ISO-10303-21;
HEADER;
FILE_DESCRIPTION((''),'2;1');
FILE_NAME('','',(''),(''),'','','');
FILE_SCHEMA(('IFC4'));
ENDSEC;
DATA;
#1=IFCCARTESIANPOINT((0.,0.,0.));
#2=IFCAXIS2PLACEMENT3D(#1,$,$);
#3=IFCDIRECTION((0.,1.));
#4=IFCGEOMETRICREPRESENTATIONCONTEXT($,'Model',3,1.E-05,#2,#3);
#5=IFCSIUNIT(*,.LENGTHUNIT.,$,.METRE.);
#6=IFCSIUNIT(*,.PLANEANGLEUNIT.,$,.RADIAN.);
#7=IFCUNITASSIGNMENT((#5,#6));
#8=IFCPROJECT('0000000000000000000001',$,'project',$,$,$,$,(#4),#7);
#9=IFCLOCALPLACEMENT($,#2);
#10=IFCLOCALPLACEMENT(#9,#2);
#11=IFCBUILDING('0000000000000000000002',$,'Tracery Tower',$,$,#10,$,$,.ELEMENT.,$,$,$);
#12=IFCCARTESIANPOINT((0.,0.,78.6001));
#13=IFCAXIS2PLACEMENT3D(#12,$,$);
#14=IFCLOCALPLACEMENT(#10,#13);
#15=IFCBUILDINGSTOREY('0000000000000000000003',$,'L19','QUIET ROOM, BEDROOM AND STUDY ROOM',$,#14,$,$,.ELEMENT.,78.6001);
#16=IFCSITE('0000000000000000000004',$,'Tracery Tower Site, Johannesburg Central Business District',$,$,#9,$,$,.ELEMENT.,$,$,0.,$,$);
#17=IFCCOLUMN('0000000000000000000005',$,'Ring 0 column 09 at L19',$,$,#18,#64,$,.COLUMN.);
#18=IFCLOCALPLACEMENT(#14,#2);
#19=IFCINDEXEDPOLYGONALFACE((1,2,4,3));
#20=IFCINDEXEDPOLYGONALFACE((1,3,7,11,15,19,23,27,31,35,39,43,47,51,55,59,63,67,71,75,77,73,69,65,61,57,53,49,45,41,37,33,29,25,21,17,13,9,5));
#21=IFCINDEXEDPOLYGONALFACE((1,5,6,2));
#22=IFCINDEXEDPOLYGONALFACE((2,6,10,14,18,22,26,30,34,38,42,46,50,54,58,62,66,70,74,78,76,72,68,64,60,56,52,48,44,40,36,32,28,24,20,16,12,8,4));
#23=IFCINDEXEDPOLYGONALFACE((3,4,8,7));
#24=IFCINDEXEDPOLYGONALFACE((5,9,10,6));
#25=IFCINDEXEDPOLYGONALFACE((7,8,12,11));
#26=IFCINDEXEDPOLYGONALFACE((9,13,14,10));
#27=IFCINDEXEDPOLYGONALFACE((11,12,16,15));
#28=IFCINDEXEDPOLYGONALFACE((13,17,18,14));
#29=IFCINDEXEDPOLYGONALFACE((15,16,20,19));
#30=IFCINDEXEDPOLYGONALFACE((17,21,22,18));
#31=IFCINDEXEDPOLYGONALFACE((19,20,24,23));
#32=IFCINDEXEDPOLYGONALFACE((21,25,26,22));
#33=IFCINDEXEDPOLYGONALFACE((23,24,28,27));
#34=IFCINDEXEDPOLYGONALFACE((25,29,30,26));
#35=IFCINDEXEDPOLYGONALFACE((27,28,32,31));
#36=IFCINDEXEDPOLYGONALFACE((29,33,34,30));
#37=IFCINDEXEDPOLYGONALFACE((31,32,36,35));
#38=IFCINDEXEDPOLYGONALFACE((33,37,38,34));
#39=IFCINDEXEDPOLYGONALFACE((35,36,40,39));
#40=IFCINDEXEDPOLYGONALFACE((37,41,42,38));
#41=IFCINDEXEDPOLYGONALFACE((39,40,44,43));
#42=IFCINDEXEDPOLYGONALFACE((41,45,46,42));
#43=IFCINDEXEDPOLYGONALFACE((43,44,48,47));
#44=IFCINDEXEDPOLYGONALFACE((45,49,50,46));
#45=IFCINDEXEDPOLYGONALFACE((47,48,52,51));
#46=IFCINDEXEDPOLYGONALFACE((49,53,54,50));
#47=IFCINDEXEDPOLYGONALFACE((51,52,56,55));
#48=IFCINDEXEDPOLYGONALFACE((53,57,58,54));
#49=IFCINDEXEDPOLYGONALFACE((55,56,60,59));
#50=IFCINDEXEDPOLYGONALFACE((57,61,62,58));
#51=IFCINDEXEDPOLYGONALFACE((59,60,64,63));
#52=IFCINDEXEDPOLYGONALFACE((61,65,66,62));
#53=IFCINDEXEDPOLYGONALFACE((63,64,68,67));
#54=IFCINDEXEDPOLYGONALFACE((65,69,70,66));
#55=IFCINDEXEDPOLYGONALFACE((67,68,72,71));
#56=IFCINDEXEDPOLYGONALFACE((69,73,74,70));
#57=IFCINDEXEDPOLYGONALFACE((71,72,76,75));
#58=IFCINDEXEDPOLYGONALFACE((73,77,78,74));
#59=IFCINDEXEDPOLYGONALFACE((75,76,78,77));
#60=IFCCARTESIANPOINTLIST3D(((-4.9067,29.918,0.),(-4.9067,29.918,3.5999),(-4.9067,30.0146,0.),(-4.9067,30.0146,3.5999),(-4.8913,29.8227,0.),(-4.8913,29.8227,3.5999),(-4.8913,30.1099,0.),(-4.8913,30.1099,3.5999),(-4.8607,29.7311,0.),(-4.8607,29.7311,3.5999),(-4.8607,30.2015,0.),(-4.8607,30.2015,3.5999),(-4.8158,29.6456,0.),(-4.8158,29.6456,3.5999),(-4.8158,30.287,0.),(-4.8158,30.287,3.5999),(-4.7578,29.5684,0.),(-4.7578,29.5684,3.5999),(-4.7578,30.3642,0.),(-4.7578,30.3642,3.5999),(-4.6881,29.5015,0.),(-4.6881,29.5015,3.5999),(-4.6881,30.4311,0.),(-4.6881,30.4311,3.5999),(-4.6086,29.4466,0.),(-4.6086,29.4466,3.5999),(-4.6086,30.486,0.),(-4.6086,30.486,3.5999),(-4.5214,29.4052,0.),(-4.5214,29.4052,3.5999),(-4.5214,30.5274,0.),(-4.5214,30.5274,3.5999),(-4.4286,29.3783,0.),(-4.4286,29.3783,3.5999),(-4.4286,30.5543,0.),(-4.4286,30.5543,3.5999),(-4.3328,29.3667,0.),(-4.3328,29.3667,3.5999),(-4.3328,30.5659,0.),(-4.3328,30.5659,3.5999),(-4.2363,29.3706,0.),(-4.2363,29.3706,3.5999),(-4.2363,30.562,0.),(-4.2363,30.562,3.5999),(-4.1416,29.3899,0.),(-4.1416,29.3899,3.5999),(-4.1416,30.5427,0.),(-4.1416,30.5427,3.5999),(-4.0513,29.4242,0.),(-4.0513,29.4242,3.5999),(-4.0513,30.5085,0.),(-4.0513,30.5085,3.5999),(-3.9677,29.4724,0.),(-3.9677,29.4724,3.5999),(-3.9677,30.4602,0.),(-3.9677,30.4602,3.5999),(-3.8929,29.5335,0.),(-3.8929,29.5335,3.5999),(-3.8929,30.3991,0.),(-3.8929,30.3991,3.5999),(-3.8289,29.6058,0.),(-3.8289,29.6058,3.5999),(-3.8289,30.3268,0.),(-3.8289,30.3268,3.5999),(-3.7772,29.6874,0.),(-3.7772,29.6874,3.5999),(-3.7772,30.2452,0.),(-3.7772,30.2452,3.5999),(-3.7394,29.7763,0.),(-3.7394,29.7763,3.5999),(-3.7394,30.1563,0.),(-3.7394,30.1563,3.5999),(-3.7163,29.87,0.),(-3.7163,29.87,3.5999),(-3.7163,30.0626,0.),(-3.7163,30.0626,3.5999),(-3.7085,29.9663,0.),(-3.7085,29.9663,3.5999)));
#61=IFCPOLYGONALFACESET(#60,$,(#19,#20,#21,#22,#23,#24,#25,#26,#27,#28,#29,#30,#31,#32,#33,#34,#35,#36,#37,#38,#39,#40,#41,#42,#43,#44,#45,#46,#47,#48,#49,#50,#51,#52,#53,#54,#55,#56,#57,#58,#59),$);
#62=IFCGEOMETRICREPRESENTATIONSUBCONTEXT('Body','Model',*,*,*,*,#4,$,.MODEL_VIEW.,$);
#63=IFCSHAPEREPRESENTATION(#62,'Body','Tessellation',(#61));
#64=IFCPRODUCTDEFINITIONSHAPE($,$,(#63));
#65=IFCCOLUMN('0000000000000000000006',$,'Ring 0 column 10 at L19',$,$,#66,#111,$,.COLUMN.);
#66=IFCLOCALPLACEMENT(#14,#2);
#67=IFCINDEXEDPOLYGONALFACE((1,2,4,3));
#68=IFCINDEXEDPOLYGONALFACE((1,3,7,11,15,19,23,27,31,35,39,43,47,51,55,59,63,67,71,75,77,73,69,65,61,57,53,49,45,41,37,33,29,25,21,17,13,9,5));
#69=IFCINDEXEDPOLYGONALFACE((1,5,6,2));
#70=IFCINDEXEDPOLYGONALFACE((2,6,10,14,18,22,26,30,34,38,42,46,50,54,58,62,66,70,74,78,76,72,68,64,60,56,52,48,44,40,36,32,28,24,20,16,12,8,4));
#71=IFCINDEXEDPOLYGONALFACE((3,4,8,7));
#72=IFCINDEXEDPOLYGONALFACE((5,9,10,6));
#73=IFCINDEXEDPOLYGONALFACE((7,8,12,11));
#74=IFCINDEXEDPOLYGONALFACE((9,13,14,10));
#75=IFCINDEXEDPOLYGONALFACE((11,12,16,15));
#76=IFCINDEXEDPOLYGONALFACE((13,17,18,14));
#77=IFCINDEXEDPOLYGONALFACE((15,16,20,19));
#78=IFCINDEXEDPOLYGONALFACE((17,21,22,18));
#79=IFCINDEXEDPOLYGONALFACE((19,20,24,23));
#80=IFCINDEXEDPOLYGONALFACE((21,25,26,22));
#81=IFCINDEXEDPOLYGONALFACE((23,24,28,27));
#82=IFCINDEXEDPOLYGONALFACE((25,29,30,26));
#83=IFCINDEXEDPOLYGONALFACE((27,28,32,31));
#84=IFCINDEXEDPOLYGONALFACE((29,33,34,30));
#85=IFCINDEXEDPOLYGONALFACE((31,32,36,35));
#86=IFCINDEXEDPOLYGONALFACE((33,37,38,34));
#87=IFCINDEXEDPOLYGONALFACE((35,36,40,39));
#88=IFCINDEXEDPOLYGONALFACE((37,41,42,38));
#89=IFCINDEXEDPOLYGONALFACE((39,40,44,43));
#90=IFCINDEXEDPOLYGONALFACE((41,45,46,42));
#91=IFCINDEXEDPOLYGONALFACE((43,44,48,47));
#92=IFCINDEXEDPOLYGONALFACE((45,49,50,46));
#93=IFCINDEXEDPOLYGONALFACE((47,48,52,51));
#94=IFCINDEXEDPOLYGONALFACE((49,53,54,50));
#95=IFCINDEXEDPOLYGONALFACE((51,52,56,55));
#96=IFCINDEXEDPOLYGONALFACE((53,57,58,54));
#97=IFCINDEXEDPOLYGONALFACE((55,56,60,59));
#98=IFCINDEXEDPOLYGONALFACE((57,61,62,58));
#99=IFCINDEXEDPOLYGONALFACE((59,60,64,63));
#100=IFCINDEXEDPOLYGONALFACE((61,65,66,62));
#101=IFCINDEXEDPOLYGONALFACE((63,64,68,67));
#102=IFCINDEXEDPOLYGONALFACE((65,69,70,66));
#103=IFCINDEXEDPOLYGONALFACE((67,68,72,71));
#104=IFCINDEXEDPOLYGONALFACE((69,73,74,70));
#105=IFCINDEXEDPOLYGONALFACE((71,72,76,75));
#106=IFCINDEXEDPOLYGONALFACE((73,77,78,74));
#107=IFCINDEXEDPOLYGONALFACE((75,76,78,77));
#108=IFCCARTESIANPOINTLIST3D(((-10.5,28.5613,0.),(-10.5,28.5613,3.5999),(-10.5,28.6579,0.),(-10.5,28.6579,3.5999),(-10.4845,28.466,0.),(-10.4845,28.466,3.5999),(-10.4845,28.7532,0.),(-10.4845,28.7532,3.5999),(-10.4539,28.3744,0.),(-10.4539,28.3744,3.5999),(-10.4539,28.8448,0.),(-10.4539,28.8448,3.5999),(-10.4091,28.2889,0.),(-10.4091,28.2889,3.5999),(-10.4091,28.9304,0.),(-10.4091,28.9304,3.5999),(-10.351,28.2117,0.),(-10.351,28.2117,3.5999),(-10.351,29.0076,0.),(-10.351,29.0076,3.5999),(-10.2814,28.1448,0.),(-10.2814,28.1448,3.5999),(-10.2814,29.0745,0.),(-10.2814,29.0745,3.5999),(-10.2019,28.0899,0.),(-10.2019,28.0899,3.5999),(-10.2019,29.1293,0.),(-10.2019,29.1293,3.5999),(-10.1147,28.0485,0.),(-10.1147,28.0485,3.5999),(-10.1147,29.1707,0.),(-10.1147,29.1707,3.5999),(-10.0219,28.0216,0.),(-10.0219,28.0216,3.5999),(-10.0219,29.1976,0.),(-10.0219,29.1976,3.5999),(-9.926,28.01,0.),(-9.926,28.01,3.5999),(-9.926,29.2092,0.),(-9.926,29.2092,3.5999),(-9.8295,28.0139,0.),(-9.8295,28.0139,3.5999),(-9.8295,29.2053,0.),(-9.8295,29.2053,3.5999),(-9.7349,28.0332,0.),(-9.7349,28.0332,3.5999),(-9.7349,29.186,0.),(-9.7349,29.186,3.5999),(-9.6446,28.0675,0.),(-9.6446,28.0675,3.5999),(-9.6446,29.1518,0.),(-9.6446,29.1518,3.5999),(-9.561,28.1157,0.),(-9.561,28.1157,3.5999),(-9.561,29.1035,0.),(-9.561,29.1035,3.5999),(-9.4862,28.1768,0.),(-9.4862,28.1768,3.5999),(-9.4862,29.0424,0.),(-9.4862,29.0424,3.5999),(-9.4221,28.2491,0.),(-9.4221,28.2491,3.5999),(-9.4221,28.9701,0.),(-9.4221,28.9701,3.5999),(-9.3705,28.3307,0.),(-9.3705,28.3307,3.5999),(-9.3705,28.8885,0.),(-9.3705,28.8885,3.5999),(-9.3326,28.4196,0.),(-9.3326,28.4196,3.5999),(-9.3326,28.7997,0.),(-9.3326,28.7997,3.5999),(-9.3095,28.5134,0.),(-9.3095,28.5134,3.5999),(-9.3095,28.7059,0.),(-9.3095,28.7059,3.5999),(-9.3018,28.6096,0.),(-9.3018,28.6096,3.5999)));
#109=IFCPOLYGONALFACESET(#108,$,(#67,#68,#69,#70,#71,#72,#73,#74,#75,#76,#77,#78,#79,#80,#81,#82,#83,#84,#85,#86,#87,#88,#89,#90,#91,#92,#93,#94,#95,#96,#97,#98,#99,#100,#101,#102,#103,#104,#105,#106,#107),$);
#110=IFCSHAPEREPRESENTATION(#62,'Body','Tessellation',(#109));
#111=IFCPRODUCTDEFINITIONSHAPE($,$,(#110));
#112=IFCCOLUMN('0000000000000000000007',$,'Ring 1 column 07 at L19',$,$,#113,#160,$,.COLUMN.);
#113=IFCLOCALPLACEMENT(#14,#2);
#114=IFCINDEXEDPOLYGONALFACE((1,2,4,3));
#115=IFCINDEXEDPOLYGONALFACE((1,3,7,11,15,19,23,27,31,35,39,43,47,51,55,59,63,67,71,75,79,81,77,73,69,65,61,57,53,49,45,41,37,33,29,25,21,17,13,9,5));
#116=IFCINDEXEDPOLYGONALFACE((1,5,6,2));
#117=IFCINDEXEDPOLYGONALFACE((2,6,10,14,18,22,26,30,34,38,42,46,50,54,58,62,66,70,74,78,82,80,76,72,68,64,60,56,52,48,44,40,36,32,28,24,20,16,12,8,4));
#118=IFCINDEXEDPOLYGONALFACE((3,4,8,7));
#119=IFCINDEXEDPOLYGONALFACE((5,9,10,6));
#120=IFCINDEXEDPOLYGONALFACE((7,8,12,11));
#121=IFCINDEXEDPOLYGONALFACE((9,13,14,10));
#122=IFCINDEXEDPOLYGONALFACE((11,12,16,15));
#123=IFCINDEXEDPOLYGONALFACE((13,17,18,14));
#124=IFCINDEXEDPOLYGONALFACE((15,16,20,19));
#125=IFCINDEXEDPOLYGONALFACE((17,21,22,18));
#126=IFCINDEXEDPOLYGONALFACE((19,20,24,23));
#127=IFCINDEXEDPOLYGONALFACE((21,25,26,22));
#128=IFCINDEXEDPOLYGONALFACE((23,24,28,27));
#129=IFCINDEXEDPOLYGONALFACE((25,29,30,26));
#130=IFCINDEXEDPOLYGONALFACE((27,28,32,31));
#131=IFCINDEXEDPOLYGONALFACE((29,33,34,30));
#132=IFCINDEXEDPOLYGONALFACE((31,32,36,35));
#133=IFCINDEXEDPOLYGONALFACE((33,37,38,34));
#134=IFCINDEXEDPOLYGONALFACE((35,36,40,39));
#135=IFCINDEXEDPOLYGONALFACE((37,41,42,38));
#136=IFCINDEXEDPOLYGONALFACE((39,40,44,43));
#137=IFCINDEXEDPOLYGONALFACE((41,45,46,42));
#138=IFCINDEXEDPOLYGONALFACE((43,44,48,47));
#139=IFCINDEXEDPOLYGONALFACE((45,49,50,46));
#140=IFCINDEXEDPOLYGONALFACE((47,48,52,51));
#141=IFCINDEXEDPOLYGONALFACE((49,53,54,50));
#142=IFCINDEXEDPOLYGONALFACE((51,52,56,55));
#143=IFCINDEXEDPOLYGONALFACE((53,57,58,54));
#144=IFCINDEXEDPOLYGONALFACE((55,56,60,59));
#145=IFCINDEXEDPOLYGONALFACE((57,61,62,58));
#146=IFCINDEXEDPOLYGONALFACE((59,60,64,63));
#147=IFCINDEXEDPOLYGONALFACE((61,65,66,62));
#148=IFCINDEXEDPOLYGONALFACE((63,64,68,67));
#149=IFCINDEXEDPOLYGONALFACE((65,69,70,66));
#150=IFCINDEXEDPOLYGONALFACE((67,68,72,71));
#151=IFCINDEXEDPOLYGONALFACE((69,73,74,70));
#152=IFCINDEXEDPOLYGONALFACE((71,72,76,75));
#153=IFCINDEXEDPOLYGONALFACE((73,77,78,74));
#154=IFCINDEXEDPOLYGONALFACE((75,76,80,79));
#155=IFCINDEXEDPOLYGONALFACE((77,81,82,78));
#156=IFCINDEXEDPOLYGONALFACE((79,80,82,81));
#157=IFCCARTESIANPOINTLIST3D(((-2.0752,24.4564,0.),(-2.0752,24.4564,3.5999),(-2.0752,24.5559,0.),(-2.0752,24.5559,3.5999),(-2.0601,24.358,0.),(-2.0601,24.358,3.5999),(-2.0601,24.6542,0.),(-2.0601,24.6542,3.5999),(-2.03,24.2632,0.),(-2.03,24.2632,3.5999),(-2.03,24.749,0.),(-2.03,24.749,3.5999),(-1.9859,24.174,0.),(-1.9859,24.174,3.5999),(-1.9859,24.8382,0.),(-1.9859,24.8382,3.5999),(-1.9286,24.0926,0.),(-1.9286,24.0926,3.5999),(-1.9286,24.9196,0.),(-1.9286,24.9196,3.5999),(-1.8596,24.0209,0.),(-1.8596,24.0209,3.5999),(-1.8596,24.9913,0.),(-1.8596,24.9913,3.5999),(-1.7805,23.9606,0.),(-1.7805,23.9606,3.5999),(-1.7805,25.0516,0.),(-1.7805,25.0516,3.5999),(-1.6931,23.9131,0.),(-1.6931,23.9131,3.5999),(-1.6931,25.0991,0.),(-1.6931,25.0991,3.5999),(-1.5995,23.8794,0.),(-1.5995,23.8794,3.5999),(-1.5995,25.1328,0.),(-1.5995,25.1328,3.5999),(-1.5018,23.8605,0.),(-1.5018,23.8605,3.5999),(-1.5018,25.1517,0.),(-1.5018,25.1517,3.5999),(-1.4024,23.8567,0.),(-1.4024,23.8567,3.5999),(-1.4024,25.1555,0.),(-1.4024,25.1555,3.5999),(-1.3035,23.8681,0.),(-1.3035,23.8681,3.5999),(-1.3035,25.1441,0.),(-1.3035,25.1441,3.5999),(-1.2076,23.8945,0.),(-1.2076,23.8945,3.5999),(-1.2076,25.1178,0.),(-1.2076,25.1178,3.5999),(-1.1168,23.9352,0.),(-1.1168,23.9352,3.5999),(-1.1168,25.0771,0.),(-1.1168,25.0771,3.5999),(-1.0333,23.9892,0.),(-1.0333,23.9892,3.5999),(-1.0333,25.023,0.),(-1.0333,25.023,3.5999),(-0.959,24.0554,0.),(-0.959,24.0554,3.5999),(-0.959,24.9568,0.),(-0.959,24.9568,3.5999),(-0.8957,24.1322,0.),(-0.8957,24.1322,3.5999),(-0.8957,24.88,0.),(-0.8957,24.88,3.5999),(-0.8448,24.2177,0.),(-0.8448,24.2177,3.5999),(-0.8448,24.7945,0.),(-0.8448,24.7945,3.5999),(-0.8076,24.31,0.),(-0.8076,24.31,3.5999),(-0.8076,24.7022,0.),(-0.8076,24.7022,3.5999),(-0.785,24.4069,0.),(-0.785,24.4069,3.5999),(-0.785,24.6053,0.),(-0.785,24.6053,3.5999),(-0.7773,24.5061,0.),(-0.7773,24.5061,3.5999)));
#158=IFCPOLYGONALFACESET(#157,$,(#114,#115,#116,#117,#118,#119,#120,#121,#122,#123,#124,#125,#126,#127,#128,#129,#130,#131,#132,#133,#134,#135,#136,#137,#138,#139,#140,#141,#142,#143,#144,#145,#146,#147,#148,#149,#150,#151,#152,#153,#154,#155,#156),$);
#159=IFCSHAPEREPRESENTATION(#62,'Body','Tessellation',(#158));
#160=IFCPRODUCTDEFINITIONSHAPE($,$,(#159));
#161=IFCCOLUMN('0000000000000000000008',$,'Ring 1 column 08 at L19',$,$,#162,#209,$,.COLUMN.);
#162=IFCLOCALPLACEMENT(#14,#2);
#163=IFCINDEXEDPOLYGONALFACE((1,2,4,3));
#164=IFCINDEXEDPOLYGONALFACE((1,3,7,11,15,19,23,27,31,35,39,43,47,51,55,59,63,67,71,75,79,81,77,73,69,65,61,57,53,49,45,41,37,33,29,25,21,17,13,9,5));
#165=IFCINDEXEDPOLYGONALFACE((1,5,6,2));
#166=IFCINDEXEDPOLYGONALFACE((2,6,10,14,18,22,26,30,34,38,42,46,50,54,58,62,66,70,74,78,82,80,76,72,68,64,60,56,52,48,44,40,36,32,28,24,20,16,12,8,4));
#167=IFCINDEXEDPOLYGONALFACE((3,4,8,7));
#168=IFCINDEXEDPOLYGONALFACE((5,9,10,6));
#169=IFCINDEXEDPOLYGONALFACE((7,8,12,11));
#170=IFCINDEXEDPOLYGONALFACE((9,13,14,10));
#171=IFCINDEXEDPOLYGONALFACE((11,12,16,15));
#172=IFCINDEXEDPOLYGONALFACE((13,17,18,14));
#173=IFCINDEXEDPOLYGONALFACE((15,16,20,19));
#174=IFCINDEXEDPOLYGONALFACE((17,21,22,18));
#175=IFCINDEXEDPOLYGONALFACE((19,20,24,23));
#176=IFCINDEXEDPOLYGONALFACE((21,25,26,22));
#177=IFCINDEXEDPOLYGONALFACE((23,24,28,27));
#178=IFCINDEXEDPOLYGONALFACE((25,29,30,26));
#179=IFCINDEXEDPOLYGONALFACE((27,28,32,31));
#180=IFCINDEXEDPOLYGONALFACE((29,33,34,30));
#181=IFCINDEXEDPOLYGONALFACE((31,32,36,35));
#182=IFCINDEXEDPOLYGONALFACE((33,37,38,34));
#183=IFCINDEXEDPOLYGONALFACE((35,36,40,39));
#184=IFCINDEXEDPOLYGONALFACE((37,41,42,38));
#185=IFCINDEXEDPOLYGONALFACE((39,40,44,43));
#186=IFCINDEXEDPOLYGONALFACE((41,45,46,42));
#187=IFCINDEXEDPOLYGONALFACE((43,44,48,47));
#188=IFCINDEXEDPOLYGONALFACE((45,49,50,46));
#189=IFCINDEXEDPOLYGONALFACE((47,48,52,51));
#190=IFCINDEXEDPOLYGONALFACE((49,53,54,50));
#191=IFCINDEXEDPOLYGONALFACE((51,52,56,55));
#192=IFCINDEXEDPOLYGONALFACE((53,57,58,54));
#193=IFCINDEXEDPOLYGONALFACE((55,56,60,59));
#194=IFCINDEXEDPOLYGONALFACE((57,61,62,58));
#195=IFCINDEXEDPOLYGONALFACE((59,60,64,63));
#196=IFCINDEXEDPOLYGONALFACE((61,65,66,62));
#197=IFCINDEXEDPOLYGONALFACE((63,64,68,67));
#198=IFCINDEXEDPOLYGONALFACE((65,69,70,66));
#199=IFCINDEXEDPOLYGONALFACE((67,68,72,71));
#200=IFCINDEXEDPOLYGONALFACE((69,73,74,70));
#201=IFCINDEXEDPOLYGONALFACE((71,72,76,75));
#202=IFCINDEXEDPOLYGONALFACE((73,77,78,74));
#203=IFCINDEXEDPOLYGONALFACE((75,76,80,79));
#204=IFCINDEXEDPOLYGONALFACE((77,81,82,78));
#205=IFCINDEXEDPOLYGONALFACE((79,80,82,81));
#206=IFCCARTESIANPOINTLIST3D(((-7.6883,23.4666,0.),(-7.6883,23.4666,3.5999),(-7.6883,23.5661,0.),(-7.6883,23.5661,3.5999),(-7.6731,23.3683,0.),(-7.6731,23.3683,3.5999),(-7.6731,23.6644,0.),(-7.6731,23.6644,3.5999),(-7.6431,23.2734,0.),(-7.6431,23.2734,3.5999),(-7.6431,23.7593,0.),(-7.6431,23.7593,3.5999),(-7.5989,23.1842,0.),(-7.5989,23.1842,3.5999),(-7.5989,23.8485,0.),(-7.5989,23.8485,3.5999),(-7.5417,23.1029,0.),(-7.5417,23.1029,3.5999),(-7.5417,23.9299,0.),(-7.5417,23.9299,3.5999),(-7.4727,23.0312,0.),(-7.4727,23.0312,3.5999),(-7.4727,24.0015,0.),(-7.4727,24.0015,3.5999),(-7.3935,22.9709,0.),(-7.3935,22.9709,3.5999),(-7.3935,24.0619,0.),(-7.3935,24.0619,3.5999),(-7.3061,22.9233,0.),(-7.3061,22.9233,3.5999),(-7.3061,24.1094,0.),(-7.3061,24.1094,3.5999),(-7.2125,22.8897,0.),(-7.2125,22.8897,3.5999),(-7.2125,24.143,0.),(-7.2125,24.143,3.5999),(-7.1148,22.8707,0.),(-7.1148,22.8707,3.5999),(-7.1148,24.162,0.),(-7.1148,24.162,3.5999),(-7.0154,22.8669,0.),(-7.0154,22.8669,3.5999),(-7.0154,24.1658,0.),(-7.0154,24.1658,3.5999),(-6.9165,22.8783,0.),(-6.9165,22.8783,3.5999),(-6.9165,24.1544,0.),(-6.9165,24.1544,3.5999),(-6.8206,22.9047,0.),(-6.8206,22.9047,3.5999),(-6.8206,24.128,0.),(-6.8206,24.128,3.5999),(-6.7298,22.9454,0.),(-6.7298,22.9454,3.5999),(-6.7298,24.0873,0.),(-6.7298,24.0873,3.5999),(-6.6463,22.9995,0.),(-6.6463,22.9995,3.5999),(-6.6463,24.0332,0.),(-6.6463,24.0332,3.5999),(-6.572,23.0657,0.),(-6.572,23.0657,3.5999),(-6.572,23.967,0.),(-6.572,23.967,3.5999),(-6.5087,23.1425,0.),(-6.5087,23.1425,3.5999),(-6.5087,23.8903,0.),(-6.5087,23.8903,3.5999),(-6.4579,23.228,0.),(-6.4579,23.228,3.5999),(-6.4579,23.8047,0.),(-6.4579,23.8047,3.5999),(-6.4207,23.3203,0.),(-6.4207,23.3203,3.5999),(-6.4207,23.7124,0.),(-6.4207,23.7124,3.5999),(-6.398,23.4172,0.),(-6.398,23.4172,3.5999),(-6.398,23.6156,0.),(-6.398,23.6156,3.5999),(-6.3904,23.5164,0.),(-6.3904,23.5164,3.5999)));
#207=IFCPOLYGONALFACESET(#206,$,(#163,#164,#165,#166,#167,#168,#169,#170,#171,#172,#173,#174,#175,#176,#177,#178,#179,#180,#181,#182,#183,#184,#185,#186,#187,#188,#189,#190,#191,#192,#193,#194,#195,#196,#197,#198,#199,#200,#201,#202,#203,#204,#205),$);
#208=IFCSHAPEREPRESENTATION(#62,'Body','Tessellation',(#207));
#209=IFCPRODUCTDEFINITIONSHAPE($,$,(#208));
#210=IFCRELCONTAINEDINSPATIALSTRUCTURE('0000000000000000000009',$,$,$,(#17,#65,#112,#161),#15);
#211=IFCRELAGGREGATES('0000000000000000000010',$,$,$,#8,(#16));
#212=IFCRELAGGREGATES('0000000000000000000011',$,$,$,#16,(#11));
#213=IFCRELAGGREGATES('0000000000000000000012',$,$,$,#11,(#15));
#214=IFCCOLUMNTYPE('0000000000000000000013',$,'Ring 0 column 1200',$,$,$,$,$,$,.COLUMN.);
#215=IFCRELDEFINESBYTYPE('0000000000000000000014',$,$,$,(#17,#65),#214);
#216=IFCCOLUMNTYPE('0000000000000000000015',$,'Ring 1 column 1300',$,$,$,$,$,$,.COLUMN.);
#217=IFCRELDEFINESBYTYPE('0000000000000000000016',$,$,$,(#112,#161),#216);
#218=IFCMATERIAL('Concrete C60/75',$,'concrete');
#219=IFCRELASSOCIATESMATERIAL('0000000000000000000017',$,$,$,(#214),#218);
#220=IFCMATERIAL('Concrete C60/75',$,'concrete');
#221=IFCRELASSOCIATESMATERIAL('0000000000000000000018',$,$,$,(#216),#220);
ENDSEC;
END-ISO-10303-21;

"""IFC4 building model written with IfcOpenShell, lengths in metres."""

from ifc_helpers import new_model, si_unit, direction, frame, origin, origin_2d, place, context, subcontext, project, spatial, circle, extrude, material, material_profile, profile_set, type_object, element, save


model = new_model("IFC4")

# Units and contexts
model_context = context("Model", 3, precision=1e-05, world=origin(), true_north=direction((0.0, 1.0)))
body_context = subcontext(model_context, "Body", "Model", "MODEL_VIEW")
ifc_project = project(units=[si_unit("LENGTHUNIT", "METRE"), si_unit("PLANEANGLEUNIT", "RADIAN")], contexts=[model_context])

# Site, building, storey
site_placement = place(None, origin())
site = spatial("IfcSite", under=ifc_project, at=site_placement, Name="Tracery Tower Site, Johannesburg Central Business District", CompositionType="ELEMENT", RefElevation=0.0)
building_placement = place(site_placement, origin())
building = spatial("IfcBuilding", under=site, at=building_placement, Name="Tracery Tower", CompositionType="ELEMENT")
storey_placement = place(building_placement, frame((0.0, 0.0, 78.6001)))
storey = spatial("IfcBuildingStorey", under=building, at=storey_placement, Name="L19", Description="QUIET ROOM, BEDROOM AND STUDY ROOM", CompositionType="ELEMENT", Elevation=78.6001)

# Columns
ifc_material_1 = material(Name="Concrete C60/75", Category="concrete")
ifc_material_profile_1 = material_profile(ifc_material_1, circle(Radius=0.6001, at=origin_2d()), Name="RC D1200")
ifc_profile_set_1 = profile_set([ifc_material_profile_1], Name="Concrete C60/75")
column_type_1 = type_object("IfcColumnType", Name="Ring 0 column 1200", PredefinedType="COLUMN", material=ifc_profile_set_1)
for number, where, z_axis, x_axis, name in (
    (1, (-4.3086, 29.9663, 0.0), (0.0, 0.0, 1.0), (1.0, 0.0, 0.0), "Ring 0 column 09 at L19"),
    (2, (-9.9019, 28.6096, 0.0), (0.0, 0.0, 1.0), (1.0, 0.0, 0.0), "Ring 0 column 10 at L19"),
):
    element("IfcColumn", number, at=place(storey_placement, frame(where, z_axis=z_axis, x_axis=x_axis)), inside=storey, type_object=column_type_1, Name=name, PredefinedType="COLUMN", context=body_context, shape_type="SweptSolid", body=[
        extrude(circle(Radius=0.6001, at=origin_2d()), origin(), (0.0, 0.0, 1.0), 3.5999),
    ])
ifc_material_2 = material(Name="Concrete C60/75", Category="concrete")
ifc_material_profile_2 = material_profile(ifc_material_2, circle(Radius=0.6499, at=origin_2d()), Name="RC D1300")
ifc_profile_set_2 = profile_set([ifc_material_profile_2], Name="Concrete C60/75")
column_type_2 = type_object("IfcColumnType", Name="Ring 1 column 1300", PredefinedType="COLUMN", material=ifc_profile_set_2)
for number, where, z_axis, x_axis, name in (
    (3, (-1.4272, 24.5061, 0.0), (0.0, 0.0, 1.0), (1.0, 0.0, 0.0), "Ring 1 column 07 at L19"),
    (4, (-7.0403, 23.5164, 0.0), (0.0, 0.0, 1.0), (1.0, 0.0, 0.0), "Ring 1 column 08 at L19"),
):
    element("IfcColumn", number, at=place(storey_placement, frame(where, z_axis=z_axis, x_axis=x_axis)), inside=storey, type_object=column_type_2, Name=name, PredefinedType="COLUMN", context=body_context, shape_type="SweptSolid", body=[
        extrude(circle(Radius=0.6499, at=origin_2d()), origin(), (0.0, 0.0, 1.0), 3.5999),
    ])

save(model, "model.ifc")
